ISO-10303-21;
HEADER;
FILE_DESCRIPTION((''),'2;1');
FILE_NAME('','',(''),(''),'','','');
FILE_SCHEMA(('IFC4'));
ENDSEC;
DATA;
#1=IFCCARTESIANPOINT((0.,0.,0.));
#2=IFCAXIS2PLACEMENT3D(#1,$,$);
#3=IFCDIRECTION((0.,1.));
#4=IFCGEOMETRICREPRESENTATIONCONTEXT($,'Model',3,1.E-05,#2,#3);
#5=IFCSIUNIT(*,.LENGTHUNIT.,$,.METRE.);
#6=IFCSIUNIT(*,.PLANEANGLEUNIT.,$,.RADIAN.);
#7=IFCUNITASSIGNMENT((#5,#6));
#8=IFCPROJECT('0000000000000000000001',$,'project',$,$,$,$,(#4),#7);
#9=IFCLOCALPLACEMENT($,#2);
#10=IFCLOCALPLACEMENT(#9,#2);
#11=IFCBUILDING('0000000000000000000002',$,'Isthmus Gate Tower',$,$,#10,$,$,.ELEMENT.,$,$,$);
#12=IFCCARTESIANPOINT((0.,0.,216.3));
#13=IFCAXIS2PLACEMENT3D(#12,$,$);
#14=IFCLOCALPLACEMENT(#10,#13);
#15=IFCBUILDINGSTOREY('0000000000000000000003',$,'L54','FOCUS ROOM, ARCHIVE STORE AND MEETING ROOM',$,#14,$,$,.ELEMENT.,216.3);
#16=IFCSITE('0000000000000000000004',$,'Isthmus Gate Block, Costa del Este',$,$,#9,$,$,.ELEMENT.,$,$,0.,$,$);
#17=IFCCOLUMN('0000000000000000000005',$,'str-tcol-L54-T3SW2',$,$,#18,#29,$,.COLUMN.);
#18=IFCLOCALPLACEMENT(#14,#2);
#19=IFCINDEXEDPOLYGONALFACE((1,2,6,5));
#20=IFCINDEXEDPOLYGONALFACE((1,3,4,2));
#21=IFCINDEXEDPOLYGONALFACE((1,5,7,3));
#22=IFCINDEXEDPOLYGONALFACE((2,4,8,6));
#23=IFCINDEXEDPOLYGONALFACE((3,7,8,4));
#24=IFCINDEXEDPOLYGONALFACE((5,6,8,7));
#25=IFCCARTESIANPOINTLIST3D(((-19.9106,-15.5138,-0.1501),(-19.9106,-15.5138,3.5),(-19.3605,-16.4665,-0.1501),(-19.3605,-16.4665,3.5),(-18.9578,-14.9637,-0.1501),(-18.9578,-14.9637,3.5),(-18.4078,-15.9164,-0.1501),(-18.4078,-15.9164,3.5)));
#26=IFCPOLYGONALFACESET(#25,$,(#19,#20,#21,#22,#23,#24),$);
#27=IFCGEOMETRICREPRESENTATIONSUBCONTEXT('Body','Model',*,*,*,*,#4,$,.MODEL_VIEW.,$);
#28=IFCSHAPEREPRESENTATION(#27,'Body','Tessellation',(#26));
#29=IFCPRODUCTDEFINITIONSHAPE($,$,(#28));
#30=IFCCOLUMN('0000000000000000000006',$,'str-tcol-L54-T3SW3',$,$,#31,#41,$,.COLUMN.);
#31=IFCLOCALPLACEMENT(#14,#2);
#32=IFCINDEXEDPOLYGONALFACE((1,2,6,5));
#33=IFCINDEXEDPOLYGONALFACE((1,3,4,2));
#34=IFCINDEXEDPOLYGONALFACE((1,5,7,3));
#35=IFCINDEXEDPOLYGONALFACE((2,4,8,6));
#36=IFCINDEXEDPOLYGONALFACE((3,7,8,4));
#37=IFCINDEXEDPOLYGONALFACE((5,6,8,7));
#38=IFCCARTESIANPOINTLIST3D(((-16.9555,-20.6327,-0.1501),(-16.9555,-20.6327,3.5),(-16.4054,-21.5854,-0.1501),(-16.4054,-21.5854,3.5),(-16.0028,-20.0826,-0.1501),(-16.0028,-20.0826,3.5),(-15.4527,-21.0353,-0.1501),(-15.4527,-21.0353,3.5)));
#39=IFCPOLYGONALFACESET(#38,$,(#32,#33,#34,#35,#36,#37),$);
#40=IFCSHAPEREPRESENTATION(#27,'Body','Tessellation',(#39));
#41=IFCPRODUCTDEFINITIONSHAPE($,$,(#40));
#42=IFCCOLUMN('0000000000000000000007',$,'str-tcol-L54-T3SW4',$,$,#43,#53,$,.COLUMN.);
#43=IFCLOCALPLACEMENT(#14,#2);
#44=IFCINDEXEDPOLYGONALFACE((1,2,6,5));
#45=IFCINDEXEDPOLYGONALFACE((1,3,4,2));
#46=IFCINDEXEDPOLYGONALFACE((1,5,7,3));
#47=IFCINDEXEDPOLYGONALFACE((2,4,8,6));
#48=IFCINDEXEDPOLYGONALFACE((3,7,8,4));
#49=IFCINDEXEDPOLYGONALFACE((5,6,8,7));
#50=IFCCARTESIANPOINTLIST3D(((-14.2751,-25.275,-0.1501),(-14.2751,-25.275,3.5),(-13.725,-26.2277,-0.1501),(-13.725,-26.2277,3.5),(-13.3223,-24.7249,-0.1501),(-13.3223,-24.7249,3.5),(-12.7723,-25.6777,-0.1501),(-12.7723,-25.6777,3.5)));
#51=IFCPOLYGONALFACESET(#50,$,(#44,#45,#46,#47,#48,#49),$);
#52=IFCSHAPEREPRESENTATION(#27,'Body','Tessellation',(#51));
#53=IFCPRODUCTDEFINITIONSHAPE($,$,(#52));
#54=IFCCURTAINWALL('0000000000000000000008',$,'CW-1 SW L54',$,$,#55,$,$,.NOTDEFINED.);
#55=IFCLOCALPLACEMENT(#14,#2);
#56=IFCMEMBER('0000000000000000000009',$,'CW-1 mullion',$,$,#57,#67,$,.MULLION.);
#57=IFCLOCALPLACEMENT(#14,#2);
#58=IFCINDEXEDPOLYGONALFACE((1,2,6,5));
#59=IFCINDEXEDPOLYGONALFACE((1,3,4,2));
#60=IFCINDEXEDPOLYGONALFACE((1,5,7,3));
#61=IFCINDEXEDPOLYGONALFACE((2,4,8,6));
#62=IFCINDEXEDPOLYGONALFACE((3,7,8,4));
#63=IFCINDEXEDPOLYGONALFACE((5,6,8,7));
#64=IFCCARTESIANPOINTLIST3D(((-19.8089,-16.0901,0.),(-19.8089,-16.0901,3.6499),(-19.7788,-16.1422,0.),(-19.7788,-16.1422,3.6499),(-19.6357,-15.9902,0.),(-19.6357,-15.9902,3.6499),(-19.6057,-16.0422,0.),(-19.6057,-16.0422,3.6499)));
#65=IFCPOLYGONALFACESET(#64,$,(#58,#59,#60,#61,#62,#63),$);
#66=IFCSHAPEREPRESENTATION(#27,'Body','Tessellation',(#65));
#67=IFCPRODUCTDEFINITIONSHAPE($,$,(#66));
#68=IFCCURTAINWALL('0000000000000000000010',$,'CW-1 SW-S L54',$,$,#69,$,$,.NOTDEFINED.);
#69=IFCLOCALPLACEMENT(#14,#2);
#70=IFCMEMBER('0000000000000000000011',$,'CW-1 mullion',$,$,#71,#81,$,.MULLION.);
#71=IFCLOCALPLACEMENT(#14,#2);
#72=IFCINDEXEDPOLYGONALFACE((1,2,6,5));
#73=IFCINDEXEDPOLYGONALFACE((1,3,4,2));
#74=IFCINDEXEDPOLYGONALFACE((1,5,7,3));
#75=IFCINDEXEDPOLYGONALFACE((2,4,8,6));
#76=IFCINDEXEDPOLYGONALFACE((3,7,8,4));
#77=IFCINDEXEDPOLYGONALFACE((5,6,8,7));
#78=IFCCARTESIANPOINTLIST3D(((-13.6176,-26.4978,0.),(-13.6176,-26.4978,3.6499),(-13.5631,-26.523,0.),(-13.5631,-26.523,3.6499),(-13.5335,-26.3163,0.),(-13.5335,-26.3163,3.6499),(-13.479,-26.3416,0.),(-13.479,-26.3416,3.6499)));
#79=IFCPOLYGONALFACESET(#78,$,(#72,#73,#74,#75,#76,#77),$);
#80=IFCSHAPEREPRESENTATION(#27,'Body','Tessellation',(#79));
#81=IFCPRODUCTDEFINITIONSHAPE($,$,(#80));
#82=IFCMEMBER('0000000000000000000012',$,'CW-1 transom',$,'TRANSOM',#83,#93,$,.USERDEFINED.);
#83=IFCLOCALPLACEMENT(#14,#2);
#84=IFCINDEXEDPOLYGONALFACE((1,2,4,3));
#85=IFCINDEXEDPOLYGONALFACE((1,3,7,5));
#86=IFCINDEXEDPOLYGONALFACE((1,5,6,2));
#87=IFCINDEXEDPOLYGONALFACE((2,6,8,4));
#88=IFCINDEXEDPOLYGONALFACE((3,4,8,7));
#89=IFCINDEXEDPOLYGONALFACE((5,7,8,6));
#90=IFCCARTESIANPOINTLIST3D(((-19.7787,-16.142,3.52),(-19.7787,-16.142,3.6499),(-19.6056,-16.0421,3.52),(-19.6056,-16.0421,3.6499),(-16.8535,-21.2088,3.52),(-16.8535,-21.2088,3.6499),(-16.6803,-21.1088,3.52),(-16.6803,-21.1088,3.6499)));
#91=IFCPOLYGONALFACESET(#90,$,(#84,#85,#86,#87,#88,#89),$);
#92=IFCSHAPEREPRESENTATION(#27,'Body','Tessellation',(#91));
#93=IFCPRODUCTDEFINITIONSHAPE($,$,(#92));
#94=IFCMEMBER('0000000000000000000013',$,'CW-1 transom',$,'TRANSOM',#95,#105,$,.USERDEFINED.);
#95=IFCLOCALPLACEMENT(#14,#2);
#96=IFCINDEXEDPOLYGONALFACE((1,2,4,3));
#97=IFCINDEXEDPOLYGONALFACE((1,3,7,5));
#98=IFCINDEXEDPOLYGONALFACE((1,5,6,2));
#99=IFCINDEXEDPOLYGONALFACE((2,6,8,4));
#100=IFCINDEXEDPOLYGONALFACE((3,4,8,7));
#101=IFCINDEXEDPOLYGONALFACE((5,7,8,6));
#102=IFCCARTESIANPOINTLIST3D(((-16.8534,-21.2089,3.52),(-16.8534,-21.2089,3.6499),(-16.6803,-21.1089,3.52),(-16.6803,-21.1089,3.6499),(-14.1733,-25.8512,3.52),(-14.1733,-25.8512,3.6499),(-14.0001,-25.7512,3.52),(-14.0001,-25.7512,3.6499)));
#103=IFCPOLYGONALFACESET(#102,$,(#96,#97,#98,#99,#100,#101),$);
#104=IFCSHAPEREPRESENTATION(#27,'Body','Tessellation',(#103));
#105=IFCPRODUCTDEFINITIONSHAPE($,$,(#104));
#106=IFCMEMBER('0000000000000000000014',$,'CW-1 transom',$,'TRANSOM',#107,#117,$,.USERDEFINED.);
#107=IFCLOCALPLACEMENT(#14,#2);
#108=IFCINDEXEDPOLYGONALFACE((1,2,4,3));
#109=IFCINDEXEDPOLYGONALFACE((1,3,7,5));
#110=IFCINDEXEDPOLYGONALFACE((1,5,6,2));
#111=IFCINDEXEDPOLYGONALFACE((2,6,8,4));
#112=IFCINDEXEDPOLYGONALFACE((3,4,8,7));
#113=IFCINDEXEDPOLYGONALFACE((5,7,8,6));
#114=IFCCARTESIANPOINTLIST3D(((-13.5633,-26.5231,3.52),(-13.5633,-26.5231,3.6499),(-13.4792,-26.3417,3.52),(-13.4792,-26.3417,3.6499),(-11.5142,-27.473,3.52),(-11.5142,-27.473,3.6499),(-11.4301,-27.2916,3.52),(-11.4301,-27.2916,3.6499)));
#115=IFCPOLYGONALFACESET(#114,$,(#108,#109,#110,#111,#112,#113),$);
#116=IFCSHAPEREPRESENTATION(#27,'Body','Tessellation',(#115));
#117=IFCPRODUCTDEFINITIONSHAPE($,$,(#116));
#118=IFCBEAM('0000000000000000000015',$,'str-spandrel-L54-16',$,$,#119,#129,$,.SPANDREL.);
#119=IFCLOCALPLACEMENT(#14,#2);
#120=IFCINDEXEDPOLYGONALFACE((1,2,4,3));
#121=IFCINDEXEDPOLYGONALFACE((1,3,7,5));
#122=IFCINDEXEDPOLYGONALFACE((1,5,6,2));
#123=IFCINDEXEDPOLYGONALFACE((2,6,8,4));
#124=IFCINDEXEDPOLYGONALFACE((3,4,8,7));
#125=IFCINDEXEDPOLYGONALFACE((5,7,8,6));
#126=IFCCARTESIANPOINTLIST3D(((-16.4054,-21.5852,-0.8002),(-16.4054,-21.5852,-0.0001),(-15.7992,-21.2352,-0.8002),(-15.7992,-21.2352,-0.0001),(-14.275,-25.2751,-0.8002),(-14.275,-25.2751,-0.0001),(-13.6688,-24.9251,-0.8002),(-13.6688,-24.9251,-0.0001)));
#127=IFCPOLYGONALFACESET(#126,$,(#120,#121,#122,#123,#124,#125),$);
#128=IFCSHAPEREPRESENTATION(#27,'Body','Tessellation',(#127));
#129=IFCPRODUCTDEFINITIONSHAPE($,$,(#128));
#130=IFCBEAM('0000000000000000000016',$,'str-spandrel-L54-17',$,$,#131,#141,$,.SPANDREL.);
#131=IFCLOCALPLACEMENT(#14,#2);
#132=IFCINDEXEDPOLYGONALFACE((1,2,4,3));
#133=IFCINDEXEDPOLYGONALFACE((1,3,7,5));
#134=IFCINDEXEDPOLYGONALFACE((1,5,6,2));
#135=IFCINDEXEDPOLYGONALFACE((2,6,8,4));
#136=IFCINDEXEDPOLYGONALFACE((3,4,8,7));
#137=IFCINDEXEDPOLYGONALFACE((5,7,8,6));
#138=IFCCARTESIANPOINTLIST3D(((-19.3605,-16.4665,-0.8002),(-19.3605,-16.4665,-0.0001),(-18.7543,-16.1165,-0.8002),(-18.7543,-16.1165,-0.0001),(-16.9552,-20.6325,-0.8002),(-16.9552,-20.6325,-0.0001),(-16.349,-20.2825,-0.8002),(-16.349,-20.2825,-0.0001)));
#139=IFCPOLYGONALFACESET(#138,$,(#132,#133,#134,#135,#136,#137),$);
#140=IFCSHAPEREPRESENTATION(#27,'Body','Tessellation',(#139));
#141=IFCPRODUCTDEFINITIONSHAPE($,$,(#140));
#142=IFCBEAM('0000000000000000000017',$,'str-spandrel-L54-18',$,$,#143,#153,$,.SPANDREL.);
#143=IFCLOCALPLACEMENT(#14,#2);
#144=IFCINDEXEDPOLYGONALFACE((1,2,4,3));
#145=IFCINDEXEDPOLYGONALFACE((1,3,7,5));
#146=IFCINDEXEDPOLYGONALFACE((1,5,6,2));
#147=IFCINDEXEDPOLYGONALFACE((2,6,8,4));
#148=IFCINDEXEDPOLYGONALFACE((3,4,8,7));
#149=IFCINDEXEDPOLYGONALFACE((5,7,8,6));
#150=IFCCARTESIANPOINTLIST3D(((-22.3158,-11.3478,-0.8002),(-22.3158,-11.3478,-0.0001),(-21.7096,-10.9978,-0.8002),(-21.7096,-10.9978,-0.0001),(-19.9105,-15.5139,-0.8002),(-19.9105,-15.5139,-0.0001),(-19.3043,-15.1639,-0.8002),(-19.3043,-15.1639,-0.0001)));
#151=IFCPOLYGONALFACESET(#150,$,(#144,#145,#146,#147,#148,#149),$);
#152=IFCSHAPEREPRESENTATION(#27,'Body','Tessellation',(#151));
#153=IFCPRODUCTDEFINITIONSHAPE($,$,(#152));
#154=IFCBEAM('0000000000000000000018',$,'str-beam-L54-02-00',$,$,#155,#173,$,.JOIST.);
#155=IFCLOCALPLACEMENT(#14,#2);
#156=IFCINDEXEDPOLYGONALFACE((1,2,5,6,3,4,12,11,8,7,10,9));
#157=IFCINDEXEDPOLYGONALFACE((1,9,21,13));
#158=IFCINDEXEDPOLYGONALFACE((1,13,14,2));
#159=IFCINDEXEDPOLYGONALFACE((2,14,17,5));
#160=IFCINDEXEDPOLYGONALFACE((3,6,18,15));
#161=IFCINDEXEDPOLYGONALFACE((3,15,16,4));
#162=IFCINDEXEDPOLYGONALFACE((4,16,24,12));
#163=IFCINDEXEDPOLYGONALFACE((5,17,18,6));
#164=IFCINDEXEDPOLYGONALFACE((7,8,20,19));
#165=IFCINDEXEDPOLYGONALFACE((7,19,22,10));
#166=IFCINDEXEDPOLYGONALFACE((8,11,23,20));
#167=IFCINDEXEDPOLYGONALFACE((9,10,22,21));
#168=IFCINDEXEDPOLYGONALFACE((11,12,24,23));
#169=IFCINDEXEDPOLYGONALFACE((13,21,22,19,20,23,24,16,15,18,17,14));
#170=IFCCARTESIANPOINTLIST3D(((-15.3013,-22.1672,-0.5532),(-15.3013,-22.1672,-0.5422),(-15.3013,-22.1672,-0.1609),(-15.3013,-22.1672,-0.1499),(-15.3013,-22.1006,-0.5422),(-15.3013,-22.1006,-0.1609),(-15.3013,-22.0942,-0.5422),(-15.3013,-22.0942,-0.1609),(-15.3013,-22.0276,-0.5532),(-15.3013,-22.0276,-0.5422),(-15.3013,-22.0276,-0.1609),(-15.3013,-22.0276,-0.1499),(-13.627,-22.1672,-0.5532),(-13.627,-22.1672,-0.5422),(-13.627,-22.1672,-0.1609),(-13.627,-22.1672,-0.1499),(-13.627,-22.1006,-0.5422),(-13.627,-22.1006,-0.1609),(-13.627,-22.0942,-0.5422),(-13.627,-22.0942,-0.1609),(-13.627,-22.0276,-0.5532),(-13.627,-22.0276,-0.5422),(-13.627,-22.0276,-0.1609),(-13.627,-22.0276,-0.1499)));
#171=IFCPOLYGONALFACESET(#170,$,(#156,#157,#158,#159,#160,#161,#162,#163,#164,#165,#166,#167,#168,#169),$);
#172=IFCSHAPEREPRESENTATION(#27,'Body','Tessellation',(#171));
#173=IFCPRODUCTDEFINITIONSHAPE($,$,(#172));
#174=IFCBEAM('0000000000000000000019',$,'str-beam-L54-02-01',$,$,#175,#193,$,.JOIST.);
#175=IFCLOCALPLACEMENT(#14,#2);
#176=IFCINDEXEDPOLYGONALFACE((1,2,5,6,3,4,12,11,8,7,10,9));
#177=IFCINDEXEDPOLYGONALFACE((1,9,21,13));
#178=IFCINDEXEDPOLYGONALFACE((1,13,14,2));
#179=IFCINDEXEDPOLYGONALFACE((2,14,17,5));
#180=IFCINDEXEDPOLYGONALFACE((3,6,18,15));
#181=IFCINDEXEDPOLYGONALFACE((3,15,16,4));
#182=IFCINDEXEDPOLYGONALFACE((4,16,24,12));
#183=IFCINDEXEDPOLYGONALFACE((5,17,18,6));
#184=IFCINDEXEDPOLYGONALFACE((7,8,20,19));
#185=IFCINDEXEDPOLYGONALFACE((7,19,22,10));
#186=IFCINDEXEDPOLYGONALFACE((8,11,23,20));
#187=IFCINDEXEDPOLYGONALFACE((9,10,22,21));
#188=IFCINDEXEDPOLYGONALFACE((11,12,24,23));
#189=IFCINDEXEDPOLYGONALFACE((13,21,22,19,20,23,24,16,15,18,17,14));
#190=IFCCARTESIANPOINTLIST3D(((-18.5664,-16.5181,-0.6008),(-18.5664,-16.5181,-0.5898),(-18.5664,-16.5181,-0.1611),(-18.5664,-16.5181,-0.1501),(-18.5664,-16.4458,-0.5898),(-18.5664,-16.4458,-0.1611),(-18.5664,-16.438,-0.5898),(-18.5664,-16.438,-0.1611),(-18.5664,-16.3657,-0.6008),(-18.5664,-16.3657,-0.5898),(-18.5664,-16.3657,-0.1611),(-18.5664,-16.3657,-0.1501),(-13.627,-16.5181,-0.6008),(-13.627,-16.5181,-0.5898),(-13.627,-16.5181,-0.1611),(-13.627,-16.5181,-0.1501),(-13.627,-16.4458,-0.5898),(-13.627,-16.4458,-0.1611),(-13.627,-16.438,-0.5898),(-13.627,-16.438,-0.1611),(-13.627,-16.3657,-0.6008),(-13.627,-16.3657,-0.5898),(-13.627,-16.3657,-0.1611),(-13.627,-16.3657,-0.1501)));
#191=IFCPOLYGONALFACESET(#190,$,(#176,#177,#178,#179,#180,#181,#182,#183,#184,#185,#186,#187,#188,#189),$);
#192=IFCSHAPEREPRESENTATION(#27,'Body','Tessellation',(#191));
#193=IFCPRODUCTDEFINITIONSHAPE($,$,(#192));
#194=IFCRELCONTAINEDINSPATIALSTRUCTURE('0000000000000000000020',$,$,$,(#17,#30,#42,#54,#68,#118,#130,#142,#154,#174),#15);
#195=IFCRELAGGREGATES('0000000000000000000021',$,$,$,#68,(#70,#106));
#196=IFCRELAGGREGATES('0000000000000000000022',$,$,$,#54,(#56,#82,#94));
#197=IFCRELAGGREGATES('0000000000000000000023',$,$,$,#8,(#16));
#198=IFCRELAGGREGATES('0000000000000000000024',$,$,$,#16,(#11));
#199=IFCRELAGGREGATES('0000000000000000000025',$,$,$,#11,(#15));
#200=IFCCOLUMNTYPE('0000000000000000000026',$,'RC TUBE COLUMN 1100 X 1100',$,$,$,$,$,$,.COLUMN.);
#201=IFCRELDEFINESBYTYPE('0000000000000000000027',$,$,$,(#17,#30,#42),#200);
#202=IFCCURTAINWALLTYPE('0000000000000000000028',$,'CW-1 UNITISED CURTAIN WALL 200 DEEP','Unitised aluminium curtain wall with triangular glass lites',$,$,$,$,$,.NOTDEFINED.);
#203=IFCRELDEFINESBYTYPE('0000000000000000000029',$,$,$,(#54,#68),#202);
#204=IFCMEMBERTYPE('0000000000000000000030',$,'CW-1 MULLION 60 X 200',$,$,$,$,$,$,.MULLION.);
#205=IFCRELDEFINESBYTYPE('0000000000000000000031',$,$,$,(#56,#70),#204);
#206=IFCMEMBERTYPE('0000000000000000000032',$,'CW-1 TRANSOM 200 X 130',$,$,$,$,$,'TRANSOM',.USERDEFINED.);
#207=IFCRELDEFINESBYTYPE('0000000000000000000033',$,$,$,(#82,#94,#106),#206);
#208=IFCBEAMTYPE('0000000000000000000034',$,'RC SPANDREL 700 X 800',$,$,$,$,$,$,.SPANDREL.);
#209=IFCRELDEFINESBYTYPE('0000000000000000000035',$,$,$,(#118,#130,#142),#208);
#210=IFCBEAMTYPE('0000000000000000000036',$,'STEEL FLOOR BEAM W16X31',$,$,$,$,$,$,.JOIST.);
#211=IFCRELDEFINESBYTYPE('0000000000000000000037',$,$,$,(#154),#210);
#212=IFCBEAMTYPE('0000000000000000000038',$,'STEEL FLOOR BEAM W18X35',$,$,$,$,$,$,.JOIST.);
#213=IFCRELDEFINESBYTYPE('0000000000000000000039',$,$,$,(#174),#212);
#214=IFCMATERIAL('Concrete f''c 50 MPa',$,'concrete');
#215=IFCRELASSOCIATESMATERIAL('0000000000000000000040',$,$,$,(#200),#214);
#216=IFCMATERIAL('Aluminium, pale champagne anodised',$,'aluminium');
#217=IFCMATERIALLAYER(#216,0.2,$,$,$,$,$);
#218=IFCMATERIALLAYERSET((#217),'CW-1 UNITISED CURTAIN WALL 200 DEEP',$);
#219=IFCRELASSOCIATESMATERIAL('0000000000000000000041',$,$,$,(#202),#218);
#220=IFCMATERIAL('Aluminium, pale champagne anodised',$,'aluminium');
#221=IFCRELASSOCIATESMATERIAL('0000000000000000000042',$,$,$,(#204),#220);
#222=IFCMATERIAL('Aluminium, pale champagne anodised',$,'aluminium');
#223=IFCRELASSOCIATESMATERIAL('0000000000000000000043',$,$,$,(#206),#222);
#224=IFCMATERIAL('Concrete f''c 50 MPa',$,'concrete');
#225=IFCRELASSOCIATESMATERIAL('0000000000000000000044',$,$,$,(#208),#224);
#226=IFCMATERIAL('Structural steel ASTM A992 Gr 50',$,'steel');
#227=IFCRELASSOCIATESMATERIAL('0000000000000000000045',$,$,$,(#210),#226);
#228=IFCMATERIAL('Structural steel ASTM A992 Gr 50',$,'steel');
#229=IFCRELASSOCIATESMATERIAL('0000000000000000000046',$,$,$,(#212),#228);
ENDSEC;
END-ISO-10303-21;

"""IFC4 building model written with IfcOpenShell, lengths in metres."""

from ifc_helpers import new_model, si_unit, direction, frame, origin, origin_2d, place, context, subcontext, project, spatial, rectangle, i_section, extrude, material, layer, layer_set, material_profile, profile_set, type_object, element, aggregate, save


model = new_model("IFC4")

# Units and contexts
model_context = context("Model", 3, precision=1e-05, world=origin(), true_north=direction((0.0, 1.0)))
body_context = subcontext(model_context, "Body", "Model", "MODEL_VIEW")
ifc_project = project(units=[si_unit("LENGTHUNIT", "METRE"), si_unit("PLANEANGLEUNIT", "RADIAN")], contexts=[model_context])

# Site, building, storey
site_placement = place(None, origin())
site = spatial("IfcSite", under=ifc_project, at=site_placement, Name="Isthmus Gate Block, Costa del Este", CompositionType="ELEMENT", RefElevation=0.0)
building_placement = place(site_placement, origin())
building = spatial("IfcBuilding", under=site, at=building_placement, Name="Isthmus Gate Tower", CompositionType="ELEMENT")
storey_placement = place(building_placement, frame((0.0, 0.0, 216.3)))
storey = spatial("IfcBuildingStorey", under=building, at=storey_placement, Name="L54", Description="FOCUS ROOM, ARCHIVE STORE AND MEETING ROOM", CompositionType="ELEMENT", Elevation=216.3)

# Columns
ifc_material_1 = material(Name="Concrete f'c 50 MPa", Category="concrete")
ifc_material_profile_1 = material_profile(ifc_material_1, rectangle(XDim=1.1001, YDim=1.1001, at=origin_2d()), Name="RC 1100X1100")
ifc_profile_set_1 = profile_set([ifc_material_profile_1], Name="Concrete f'c 50 MPa")
column_type = type_object("IfcColumnType", Name="RC TUBE COLUMN 1100 X 1100", PredefinedType="COLUMN", material=ifc_profile_set_1)
for number, where, z_axis, x_axis, name in (
    (1, (-19.1592, -15.7151, -0.1501), (0.0, 0.0, 1.0), (0.5, -0.866025, 0.0), "str-tcol-L54-T3SW2"),
    (2, (-16.2041, -20.834, -0.1501), (0.0, 0.0, 1.0), (0.5, -0.866025, 0.0), "str-tcol-L54-T3SW3"),
    (3, (-13.5237, -25.4763, -0.1501), (0.0, 0.0, 1.0), (0.5, -0.866025, 0.0), "str-tcol-L54-T3SW4"),
):
    element("IfcColumn", number, at=place(storey_placement, frame(where, z_axis=z_axis, x_axis=x_axis)), inside=storey, type_object=column_type, Name=name, PredefinedType="COLUMN", context=body_context, shape_type="SweptSolid", body=[
        extrude(rectangle(XDim=1.1001, YDim=1.1001, at=origin_2d()), origin(), (0.0, 0.0, 1.0), 3.6501),
    ])

# Curtain walls, members
ifc_material_2 = material(Name="Aluminium, pale champagne anodised", Category="aluminium")
ifc_layer_1 = layer(ifc_material_2, 0.2)
ifc_layer_set_1 = layer_set([ifc_layer_1], Name="CW-1 UNITISED CURTAIN WALL 200 DEEP")
curtain_wall_type = type_object("IfcCurtainWallType", Name="CW-1 UNITISED CURTAIN WALL 200 DEEP", Description="Unitised aluminium curtain wall with triangular glass lites", PredefinedType="NOTDEFINED", material=ifc_layer_set_1)
curtain_wall_1_placement = place(storey_placement, origin())
curtain_wall_1 = element("IfcCurtainWall", 4, at=curtain_wall_1_placement, inside=storey, type_object=curtain_wall_type, Name="CW-1 SW L54", PredefinedType="NOTDEFINED")
ifc_material_3 = material(Name="Aluminium, pale champagne anodised", Category="aluminium")
ifc_material_profile_2 = material_profile(ifc_material_3, rectangle(XDim=0.0601, YDim=0.2, at=origin_2d()), Name="60x200")
ifc_profile_set_2 = profile_set([ifc_material_profile_2], Name="Aluminium, pale champagne anodised")
member_type_1 = type_object("IfcMemberType", Name="CW-1 MULLION 60 X 200", PredefinedType="MULLION", material=ifc_profile_set_2)
member_1_placement = place(storey_placement, frame((-19.7073, -16.0662, 0.0), z_axis=(0.0, 0.0, 1.0), x_axis=(0.5, -0.866025, 0.0)))
member_1 = element("IfcMember", 5, at=member_1_placement, type_object=member_type_1, Name="CW-1 mullion", PredefinedType="MULLION", context=body_context, shape_type="SweptSolid", body=[
    extrude(rectangle(XDim=0.0601, YDim=0.2, at=origin_2d()), origin(), (0.0, 0.0, 1.0), 3.6499),
])
curtain_wall_2_placement = place(storey_placement, origin())
curtain_wall_2 = element("IfcCurtainWall", 6, at=curtain_wall_2_placement, inside=storey, type_object=curtain_wall_type, Name="CW-1 SW-S L54", PredefinedType="NOTDEFINED")
member_2_placement = place(storey_placement, frame((-13.5483, -26.4197, 0.0), z_axis=(0.0, 0.0, 1.0), x_axis=(0.907256, -0.420578, 0.0)))
member_2 = element("IfcMember", 7, at=member_2_placement, type_object=member_type_1, Name="CW-1 mullion", PredefinedType="MULLION", context=body_context, shape_type="SweptSolid", body=[
    extrude(rectangle(XDim=0.0601, YDim=0.2, at=origin_2d()), origin(), (0.0, 0.0, 1.0), 3.6499),
])

# Members
ifc_material_4 = material(Name="Aluminium, pale champagne anodised", Category="aluminium")
ifc_material_profile_3 = material_profile(ifc_material_4, rectangle(XDim=0.2, YDim=0.1299, at=origin_2d()), Name="200x130")
ifc_profile_set_3 = profile_set([ifc_material_profile_3], Name="Aluminium, pale champagne anodised")
member_type_2 = type_object("IfcMemberType", Name="CW-1 TRANSOM 200 X 130", ElementType="TRANSOM", PredefinedType="USERDEFINED", material=ifc_profile_set_3)
member_3_placement = place(storey_placement, frame((-19.6921, -16.092, 3.585), z_axis=(0.49999, -0.866031, 0.0), x_axis=(0.866031, 0.49999, 0.0)))
member_3 = element("IfcMember", 8, at=member_3_placement, type_object=member_type_2, Name="CW-1 transom", ObjectType="TRANSOM", PredefinedType="USERDEFINED", context=body_context, shape_type="SweptSolid", body=[
    extrude(rectangle(XDim=0.2, YDim=0.1299, at=origin_2d()), origin(), (0.0, 0.0, 1.0), 5.8506),
])
member_4_placement = place(storey_placement, frame((-16.7668, -21.1589, 3.585), z_axis=(0.499989, -0.866032, 0.0), x_axis=(0.866032, 0.499989, 0.0)))
member_4 = element("IfcMember", 9, at=member_4_placement, type_object=member_type_2, Name="CW-1 transom", ObjectType="TRANSOM", PredefinedType="USERDEFINED", context=body_context, shape_type="SweptSolid", body=[
    extrude(rectangle(XDim=0.2, YDim=0.1299, at=origin_2d()), origin(), (0.0, 0.0, 1.0), 5.3604),
])
member_5_placement = place(storey_placement, frame((-13.5212, -26.4324, 3.585), z_axis=(0.907246, -0.4206, 0.0), x_axis=(0.4206, 0.907246, 0.0)))
member_5 = element("IfcMember", 10, at=member_5_placement, type_object=member_type_2, Name="CW-1 transom", ObjectType="TRANSOM", PredefinedType="USERDEFINED", context=body_context, shape_type="SweptSolid", body=[
    extrude(rectangle(XDim=0.2, YDim=0.1299, at=origin_2d()), origin(), (0.0, 0.0, 1.0), 2.2585),
])
aggregate(curtain_wall_2, [member_2, member_5])

# Beams
ifc_material_5 = material(Name="Concrete f'c 50 MPa", Category="concrete")
ifc_material_profile_4 = material_profile(ifc_material_5, rectangle(XDim=0.7, YDim=0.8, at=origin_2d()), Name="RC 700X800")
ifc_profile_set_4 = profile_set([ifc_material_profile_4], Name="Concrete f'c 50 MPa")
beam_type_1 = type_object("IfcBeamType", Name="RC SPANDREL 700 X 800", PredefinedType="SPANDREL", material=ifc_profile_set_4)
beam_1_placement = place(storey_placement, frame((-13.9719, -25.1001, -0.4001), z_axis=(-0.499997, 0.866027, 0.0), x_axis=(-0.866027, -0.499997, 0.0)))
element("IfcBeam", 11, at=beam_1_placement, inside=storey, type_object=beam_type_1, Name="str-spandrel-L54-16", PredefinedType="SPANDREL", context=body_context, shape_type="SweptSolid", body=[
    extrude(rectangle(XDim=0.7, YDim=0.8, at=origin_2d()), origin(), (0.0, 0.0, 1.0), 4.2607),
])
for number, where, z_axis, x_axis, name in (
    (12, (-16.6521, -20.4575, -0.4001), (-0.500004, 0.866023, 0.0), (-0.866023, -0.500004, 0.0), "str-spandrel-L54-17"),
    (13, (-19.6074, -15.3389, -0.4001), (-0.500004, 0.866023, 0.0), (-0.866023, -0.500004, 0.0), "str-spandrel-L54-18"),
):
    element("IfcBeam", number, at=place(storey_placement, frame(where, z_axis=z_axis, x_axis=x_axis)), inside=storey, type_object=beam_type_1, Name=name, PredefinedType="SPANDREL", context=body_context, shape_type="SweptSolid", body=[
        extrude(rectangle(XDim=0.7, YDim=0.8, at=origin_2d()), origin(), (0.0, 0.0, 1.0), 4.8105),
    ])
ifc_material_6 = material(Name="Structural steel ASTM A992 Gr 50", Category="steel")
ifc_material_profile_5 = material_profile(ifc_material_6, i_section(OverallWidth=0.1396, OverallDepth=0.4033, WebThickness=0.0063, FlangeThickness=0.011, at=origin_2d()), Name="W16X31")
ifc_profile_set_5 = profile_set([ifc_material_profile_5], Name="Structural steel ASTM A992 Gr 50")
beam_type_2 = type_object("IfcBeamType", Name="STEEL FLOOR BEAM W16X31", PredefinedType="JOIST", material=ifc_profile_set_5)
beam_2_placement = place(storey_placement, frame((-15.3013, -22.0974, -0.3516), z_axis=(1.0, 0.0, 0.0), x_axis=(0.0, 1.0, 0.0)))
element("IfcBeam", 14, at=beam_2_placement, inside=storey, type_object=beam_type_2, Name="str-beam-L54-02-00", PredefinedType="JOIST", context=body_context, shape_type="SweptSolid", body=[
    extrude(i_section(OverallWidth=0.1396, OverallDepth=0.4033, WebThickness=0.0063, FlangeThickness=0.011, at=origin_2d()), origin(), (0.0, 0.0, 1.0), 1.6743),
])
ifc_material_7 = material(Name="Structural steel ASTM A992 Gr 50", Category="steel")
ifc_material_profile_6 = material_profile(ifc_material_7, i_section(OverallWidth=0.1523, OverallDepth=0.4507, WebThickness=0.0078, FlangeThickness=0.011, at=origin_2d()), Name="W18X35")
ifc_profile_set_6 = profile_set([ifc_material_profile_6], Name="Structural steel ASTM A992 Gr 50")
beam_type_3 = type_object("IfcBeamType", Name="STEEL FLOOR BEAM W18X35", PredefinedType="JOIST", material=ifc_profile_set_6)
beam_3_placement = place(storey_placement, frame((-18.5664, -16.4419, -0.3755), z_axis=(1.0, 0.0, 0.0), x_axis=(0.0, 1.0, 0.0)))
element("IfcBeam", 15, at=beam_3_placement, inside=storey, type_object=beam_type_3, Name="str-beam-L54-02-01", PredefinedType="JOIST", context=body_context, shape_type="SweptSolid", body=[
    extrude(i_section(OverallWidth=0.1523, OverallDepth=0.4507, WebThickness=0.0078, FlangeThickness=0.011, at=origin_2d()), origin(), (0.0, 0.0, 1.0), 4.9395),
])

aggregate(curtain_wall_1, [member_1, member_3, member_4])

save(model, "model.ifc")
